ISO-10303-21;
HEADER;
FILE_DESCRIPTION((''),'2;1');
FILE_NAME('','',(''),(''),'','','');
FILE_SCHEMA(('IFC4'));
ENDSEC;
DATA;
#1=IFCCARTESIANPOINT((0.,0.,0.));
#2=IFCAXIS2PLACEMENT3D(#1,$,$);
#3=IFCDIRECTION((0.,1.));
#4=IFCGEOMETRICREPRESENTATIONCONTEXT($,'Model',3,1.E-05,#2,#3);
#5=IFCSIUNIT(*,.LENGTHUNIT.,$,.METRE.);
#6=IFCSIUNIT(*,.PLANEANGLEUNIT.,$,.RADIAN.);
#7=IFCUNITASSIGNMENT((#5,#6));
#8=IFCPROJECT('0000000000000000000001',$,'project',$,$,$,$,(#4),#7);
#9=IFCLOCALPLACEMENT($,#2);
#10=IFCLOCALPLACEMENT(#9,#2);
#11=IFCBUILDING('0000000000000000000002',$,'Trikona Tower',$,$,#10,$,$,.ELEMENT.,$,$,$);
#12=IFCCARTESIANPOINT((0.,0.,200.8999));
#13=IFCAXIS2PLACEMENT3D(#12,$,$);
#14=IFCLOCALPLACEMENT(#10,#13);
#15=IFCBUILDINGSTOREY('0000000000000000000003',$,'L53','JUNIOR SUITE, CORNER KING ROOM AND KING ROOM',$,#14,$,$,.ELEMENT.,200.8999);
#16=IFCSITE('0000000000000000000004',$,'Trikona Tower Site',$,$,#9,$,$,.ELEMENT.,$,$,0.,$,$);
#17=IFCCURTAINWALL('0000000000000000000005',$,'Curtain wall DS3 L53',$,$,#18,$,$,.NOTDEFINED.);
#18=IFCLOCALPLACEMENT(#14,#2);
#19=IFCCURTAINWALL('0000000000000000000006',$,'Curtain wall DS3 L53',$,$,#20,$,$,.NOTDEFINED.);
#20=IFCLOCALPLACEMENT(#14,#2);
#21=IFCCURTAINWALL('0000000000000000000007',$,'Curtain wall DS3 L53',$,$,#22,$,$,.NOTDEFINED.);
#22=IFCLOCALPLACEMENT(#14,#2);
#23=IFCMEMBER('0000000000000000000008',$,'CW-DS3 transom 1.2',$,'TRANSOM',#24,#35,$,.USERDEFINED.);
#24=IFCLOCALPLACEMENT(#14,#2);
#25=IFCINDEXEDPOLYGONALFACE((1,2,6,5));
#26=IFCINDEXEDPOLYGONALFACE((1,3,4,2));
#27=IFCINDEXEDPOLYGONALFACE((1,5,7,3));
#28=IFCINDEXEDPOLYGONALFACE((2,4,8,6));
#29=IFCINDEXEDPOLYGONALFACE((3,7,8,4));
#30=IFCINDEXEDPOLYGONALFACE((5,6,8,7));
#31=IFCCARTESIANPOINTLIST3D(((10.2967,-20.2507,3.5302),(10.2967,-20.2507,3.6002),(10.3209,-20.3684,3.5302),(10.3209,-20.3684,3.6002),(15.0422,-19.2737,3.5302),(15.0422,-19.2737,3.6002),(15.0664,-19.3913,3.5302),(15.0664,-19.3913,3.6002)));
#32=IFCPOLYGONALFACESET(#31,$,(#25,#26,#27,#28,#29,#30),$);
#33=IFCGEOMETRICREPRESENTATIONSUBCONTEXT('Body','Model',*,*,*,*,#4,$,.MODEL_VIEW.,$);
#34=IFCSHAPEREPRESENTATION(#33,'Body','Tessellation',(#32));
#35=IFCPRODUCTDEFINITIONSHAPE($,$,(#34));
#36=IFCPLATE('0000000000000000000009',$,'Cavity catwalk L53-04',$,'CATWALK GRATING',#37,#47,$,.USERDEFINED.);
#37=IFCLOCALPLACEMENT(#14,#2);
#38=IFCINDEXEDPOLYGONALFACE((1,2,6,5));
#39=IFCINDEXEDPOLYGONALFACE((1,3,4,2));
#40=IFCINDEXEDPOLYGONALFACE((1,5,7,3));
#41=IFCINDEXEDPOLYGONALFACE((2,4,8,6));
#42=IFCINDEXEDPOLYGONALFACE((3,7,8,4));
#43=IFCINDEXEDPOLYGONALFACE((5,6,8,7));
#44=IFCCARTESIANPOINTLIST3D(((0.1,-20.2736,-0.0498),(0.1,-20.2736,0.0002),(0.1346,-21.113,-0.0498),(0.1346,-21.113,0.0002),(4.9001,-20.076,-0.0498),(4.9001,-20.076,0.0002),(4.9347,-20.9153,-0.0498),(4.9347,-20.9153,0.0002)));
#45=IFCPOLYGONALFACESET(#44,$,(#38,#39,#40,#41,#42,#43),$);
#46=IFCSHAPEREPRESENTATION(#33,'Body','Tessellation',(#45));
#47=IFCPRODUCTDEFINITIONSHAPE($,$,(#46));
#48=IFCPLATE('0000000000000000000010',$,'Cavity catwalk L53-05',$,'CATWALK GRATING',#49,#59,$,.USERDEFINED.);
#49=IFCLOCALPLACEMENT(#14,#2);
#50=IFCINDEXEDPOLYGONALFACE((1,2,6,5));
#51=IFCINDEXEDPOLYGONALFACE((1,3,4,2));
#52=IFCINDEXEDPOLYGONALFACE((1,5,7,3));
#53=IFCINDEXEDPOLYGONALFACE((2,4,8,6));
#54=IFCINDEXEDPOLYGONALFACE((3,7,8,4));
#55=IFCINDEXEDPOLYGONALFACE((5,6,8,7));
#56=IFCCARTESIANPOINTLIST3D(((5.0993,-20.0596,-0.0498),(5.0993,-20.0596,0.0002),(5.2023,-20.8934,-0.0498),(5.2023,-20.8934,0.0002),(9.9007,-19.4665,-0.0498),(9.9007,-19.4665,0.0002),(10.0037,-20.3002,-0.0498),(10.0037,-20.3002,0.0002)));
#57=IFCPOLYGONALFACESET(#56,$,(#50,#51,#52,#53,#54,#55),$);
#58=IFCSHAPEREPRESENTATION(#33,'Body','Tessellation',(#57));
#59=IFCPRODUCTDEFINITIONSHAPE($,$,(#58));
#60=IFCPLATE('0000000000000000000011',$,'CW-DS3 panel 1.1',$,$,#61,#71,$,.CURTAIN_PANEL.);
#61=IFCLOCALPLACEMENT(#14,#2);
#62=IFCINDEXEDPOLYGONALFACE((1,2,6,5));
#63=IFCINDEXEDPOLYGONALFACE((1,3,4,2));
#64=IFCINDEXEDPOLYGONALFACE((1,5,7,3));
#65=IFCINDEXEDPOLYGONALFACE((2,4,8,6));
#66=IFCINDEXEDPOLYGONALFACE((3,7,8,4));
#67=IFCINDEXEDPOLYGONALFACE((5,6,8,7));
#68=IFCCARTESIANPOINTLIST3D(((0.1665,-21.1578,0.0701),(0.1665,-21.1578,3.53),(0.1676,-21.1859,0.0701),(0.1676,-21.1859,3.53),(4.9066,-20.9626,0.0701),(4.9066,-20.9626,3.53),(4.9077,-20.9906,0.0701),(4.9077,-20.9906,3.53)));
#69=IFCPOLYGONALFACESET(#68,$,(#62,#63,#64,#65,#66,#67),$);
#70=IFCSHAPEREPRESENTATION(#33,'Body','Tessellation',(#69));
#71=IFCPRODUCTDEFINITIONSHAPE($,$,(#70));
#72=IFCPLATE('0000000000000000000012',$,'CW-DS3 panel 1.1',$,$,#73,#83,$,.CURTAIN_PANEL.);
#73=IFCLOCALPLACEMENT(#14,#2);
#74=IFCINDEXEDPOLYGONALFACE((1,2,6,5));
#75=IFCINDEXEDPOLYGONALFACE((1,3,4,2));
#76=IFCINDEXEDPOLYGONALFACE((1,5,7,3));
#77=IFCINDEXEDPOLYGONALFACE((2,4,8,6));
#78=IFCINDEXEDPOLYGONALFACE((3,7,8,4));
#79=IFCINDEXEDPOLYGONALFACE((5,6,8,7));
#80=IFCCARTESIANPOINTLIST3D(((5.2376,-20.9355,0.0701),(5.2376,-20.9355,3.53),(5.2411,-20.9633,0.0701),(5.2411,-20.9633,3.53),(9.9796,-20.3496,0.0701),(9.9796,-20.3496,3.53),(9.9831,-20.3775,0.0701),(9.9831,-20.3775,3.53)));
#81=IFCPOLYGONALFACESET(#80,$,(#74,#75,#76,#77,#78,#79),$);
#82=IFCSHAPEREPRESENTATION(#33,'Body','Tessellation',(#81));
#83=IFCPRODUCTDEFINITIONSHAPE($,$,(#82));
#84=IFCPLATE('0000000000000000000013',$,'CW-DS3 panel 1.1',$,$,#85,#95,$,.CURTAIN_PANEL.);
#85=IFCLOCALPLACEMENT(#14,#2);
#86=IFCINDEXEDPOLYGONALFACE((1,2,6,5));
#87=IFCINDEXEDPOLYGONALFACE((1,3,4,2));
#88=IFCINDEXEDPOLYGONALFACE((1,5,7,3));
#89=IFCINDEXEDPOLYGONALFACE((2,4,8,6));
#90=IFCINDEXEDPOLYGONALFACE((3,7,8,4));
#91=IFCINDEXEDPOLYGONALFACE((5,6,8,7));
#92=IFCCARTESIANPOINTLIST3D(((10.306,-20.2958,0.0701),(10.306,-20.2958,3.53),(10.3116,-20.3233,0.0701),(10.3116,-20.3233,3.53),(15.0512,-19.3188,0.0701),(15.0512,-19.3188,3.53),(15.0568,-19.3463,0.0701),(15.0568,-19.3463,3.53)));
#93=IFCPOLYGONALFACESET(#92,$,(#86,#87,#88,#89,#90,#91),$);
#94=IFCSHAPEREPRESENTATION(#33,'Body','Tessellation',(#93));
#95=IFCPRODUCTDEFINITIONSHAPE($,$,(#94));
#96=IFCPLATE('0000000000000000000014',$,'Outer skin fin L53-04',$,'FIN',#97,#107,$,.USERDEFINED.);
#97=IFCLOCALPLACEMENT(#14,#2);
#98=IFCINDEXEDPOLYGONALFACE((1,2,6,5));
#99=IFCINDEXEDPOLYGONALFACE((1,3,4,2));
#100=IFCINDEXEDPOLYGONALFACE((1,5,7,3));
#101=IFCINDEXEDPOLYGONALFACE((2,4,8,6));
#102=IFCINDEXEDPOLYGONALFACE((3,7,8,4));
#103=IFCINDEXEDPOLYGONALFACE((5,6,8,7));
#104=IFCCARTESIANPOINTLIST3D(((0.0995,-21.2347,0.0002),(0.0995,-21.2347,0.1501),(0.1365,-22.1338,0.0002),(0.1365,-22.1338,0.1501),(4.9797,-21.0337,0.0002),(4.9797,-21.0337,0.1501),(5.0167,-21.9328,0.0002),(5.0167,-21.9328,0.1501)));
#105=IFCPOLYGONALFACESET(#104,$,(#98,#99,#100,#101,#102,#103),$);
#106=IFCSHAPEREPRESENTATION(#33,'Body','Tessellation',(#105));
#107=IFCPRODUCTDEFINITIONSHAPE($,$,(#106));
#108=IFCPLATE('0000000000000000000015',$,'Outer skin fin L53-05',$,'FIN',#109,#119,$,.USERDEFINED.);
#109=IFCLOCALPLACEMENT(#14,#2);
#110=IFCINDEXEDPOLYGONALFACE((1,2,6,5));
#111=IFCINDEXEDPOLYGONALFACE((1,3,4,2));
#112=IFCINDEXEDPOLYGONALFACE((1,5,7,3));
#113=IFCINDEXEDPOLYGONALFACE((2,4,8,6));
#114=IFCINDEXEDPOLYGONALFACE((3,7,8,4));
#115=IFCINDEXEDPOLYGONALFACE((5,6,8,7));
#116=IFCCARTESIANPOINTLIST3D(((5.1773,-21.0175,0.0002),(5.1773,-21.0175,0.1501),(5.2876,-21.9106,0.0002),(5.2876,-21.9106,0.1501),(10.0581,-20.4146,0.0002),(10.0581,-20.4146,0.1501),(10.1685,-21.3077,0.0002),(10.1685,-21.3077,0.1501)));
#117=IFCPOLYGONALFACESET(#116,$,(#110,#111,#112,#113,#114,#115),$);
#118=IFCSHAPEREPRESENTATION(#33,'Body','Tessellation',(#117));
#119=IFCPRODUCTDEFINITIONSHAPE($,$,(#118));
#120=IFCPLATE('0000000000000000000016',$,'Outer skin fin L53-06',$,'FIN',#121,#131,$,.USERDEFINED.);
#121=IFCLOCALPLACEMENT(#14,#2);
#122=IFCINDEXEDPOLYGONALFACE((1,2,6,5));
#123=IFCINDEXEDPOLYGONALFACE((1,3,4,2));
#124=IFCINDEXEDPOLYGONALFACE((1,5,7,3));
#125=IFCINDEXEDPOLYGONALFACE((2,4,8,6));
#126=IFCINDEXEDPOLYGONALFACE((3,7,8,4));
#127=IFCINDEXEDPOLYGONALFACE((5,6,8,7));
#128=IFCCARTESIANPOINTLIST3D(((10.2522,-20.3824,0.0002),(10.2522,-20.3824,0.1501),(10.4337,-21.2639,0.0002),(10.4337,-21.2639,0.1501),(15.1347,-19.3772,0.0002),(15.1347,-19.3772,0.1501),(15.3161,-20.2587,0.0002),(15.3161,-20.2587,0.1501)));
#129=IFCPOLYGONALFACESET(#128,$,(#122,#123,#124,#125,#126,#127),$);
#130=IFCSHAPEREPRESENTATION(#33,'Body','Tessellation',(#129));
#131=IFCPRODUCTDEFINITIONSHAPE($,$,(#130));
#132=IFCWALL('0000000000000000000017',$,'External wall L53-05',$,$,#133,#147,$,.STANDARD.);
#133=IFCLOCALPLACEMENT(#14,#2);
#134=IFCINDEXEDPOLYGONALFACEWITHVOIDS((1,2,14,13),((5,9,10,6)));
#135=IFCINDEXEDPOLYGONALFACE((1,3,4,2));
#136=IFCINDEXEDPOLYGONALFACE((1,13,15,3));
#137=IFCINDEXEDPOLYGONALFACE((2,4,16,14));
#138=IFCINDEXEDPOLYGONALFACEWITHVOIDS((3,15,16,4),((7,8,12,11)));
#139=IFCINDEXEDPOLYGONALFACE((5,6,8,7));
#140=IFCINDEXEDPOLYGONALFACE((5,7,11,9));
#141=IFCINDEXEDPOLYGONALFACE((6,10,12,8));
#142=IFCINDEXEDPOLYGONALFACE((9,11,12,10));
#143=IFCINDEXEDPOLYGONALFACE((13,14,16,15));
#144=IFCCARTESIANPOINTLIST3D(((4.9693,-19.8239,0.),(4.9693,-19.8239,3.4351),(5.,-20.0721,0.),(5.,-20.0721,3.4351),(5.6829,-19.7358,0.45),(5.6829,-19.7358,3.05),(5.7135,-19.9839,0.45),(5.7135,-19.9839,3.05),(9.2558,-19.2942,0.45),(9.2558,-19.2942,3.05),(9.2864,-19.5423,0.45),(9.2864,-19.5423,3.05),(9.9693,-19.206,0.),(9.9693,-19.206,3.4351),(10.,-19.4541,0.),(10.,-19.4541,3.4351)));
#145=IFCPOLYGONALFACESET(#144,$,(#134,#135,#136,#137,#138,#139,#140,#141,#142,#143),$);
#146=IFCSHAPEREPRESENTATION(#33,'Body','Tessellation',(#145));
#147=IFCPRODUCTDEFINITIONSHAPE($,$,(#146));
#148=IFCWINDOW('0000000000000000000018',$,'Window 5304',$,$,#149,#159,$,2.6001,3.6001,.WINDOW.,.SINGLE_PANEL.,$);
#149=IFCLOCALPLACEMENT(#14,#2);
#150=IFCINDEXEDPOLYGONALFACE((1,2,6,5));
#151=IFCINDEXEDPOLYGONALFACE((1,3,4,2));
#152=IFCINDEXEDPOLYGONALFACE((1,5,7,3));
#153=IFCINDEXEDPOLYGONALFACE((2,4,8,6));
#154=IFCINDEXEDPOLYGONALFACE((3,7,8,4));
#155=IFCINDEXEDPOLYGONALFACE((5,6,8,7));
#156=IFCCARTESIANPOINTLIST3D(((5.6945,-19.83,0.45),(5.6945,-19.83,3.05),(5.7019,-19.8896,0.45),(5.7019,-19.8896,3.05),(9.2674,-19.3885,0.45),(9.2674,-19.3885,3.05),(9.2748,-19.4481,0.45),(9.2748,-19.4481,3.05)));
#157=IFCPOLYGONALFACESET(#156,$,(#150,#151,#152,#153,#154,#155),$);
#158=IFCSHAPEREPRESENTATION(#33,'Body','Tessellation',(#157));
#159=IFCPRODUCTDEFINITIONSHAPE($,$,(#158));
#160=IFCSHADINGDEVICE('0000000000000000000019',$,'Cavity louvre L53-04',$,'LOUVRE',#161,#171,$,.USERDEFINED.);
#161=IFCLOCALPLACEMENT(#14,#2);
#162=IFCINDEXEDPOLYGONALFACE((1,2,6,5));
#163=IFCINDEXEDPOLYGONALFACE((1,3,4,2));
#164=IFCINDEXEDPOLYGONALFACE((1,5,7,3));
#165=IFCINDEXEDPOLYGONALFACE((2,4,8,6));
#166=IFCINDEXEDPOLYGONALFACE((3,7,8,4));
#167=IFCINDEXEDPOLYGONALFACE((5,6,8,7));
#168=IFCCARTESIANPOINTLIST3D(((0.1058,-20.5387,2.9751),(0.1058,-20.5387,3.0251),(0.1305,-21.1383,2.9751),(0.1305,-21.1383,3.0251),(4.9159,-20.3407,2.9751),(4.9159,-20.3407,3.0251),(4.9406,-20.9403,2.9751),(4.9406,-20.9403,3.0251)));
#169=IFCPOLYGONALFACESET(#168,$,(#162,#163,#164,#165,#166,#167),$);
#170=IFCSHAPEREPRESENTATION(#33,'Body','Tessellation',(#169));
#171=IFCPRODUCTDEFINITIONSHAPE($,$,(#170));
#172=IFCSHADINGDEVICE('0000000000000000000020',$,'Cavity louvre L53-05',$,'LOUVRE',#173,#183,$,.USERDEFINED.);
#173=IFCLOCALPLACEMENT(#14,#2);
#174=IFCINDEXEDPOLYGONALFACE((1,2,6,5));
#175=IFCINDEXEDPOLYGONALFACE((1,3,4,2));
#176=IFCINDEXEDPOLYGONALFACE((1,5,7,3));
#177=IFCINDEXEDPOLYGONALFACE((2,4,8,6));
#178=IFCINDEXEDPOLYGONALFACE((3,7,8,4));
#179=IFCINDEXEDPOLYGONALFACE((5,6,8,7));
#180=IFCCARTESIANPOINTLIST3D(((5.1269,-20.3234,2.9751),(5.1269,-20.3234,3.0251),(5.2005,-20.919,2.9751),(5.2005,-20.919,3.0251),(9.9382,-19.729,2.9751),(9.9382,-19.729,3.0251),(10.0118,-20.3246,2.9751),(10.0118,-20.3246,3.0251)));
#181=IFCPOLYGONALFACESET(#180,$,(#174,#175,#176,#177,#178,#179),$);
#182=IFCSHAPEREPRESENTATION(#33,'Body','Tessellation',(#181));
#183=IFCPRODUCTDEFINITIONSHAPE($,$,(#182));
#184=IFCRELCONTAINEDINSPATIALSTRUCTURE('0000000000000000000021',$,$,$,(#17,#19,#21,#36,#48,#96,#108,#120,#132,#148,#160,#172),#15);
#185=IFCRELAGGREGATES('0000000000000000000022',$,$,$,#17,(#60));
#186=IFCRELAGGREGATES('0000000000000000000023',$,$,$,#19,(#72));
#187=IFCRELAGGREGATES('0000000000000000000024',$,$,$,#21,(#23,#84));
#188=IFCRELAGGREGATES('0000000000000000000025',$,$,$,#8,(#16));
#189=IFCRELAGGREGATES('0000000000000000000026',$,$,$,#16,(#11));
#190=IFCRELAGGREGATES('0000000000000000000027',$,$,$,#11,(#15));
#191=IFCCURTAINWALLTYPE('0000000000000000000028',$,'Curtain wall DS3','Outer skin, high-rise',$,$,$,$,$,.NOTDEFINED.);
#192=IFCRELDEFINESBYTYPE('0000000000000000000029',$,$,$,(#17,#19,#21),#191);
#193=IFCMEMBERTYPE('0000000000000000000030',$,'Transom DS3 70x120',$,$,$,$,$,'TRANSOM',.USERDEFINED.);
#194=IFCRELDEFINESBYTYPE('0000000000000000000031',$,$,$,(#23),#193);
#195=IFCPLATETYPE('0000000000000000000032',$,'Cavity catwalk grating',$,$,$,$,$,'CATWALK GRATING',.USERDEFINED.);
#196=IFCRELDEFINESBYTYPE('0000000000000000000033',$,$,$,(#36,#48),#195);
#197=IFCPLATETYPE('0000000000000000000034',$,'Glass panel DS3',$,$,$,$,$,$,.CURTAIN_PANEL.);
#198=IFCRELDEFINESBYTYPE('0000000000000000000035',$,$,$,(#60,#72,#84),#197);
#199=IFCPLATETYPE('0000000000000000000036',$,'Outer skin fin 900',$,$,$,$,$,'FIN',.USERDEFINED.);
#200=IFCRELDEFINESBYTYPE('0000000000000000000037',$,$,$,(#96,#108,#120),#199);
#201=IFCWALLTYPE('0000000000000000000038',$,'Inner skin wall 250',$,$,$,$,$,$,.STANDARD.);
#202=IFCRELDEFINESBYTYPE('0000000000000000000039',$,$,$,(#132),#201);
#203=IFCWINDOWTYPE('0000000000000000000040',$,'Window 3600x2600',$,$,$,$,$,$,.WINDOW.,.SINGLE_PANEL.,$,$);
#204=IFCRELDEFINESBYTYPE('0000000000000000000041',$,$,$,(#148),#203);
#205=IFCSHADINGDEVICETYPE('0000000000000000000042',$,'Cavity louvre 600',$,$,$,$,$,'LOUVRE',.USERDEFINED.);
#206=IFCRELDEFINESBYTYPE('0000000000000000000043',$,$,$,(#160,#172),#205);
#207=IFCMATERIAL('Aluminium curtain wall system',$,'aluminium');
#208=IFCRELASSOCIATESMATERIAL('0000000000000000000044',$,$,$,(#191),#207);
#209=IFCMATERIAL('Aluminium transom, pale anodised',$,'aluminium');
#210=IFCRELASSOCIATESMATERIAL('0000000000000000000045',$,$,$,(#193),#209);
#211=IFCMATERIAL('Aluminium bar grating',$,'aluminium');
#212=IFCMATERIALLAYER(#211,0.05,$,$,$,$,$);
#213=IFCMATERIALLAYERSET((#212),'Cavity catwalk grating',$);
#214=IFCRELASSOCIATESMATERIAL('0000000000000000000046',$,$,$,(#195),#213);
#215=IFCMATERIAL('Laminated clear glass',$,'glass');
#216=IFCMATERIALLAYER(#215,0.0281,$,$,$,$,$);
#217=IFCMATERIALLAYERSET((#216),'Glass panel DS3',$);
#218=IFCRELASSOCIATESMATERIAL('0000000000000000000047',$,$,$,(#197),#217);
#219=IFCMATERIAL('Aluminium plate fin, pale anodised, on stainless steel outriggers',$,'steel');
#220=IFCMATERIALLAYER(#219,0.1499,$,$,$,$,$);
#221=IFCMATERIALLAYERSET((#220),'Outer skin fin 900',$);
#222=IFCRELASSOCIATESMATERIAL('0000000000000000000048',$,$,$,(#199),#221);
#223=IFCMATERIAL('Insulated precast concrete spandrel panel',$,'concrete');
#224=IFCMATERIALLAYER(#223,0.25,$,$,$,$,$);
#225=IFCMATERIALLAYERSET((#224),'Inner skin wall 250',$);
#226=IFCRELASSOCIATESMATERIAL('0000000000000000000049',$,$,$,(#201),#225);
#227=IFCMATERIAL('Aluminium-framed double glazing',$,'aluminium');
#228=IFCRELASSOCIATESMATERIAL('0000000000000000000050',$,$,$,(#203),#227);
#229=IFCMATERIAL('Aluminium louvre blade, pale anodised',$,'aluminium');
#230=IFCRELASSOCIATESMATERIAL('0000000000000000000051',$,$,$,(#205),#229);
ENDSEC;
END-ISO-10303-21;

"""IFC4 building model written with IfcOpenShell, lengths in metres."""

from ifc_helpers import new_model, si_unit, direction, frame, frame_2d, origin, origin_2d, place, context, subcontext, project, spatial, rectangle, extrude, material, layer, layer_set, material_profile, profile_set, type_object, element, fill, aggregate, save


model = new_model("IFC4")

# Units and contexts
model_context = context("Model", 3, precision=1e-05, world=origin(), true_north=direction((0.0, 1.0)))
body_context = subcontext(model_context, "Body", "Model", "MODEL_VIEW")
ifc_project = project(units=[si_unit("LENGTHUNIT", "METRE"), si_unit("PLANEANGLEUNIT", "RADIAN")], contexts=[model_context])

# Site, building, storey
site_placement = place(None, origin())
site = spatial("IfcSite", under=ifc_project, at=site_placement, Name="Trikona Tower Site", CompositionType="ELEMENT", RefElevation=0.0)
building_placement = place(site_placement, origin())
building = spatial("IfcBuilding", under=site, at=building_placement, Name="Trikona Tower", CompositionType="ELEMENT")
storey_placement = place(building_placement, frame((0.0, 0.0, 200.8999)))
storey = spatial("IfcBuildingStorey", under=building, at=storey_placement, Name="L53", Description="JUNIOR SUITE, CORNER KING ROOM AND KING ROOM", CompositionType="ELEMENT", Elevation=200.8999)

# Curtain walls
ifc_material_1 = material(Name="Aluminium curtain wall system", Category="aluminium")
curtain_wall_type = type_object("IfcCurtainWallType", Name="Curtain wall DS3", Description="Outer skin, high-rise", PredefinedType="NOTDEFINED", material=ifc_material_1)
curtain_wall_1_placement = place(storey_placement, origin())
curtain_wall_1 = element("IfcCurtainWall", 1, at=curtain_wall_1_placement, inside=storey, type_object=curtain_wall_type, Name="Curtain wall DS3 L53", PredefinedType="NOTDEFINED")
curtain_wall_2_placement = place(storey_placement, origin())
curtain_wall_2 = element("IfcCurtainWall", 2, at=curtain_wall_2_placement, inside=storey, type_object=curtain_wall_type, Name="Curtain wall DS3 L53", PredefinedType="NOTDEFINED")

# Curtain wall
curtain_wall_3_placement = place(storey_placement, origin())
curtain_wall_3 = element("IfcCurtainWall", 3, at=curtain_wall_3_placement, inside=storey, type_object=curtain_wall_type, Name="Curtain wall DS3 L53", PredefinedType="NOTDEFINED")

# Member
ifc_material_2 = material(Name="Aluminium transom, pale anodised", Category="aluminium")
ifc_material_profile_1 = material_profile(ifc_material_2, rectangle(XDim=0.1201, YDim=0.0701, at=origin_2d()), Name="TRN-DS3")
ifc_profile_set_1 = profile_set([ifc_material_profile_1], Name="Aluminium transom, pale anodised")
member_type_1 = type_object("IfcMemberType", Name="Transom DS3 70x120", ElementType="TRANSOM", PredefinedType="USERDEFINED", material=ifc_profile_set_1)
member_1_placement = place(storey_placement, frame((10.3088, -20.3096, 3.5652), z_axis=(0.979454, 0.201666, 0.0), x_axis=(-0.201666, 0.979454, 0.0)))
member_1 = element("IfcMember", 4, at=member_1_placement, type_object=member_type_1, Name="CW-DS3 transom 1.2", ObjectType="TRANSOM", PredefinedType="USERDEFINED", context=body_context, shape_type="SweptSolid", body=[
    extrude(rectangle(XDim=0.1201, YDim=0.0701, at=origin_2d()), origin(), (0.0, 0.0, 1.0), 4.845),
])

# Plates
ifc_material_3 = material(Name="Aluminium bar grating", Category="aluminium")
ifc_layer_1 = layer(ifc_material_3, 0.05)
ifc_layer_set_1 = layer_set([ifc_layer_1], Name="Cavity catwalk grating")
plate_type_1 = type_object("IfcPlateType", Name="Cavity catwalk grating", ElementType="CATWALK GRATING", PredefinedType="USERDEFINED", material=ifc_layer_set_1)
plate_1_placement = place(storey_placement, frame((2.5173, -20.5945, -0.0498), z_axis=(0.0, 0.0, 1.0), x_axis=(0.999153, 0.041145, 0.0)))
element("IfcPlate", 5, at=plate_1_placement, inside=storey, type_object=plate_type_1, Name="Cavity catwalk L53-04", ObjectType="CATWALK GRATING", PredefinedType="USERDEFINED", context=body_context, shape_type="SweptSolid", body=[
    extrude(rectangle(XDim=4.8042, YDim=0.8401, at=origin_2d()), origin(), (0.0, 0.0, 1.0), 0.05),
])
plate_2_placement = place(storey_placement, frame((7.5515, -20.1799, -0.0498), z_axis=(0.0, 0.0, 1.0), x_axis=(0.992455, 0.122607, 0.0)))
element("IfcPlate", 6, at=plate_2_placement, inside=storey, type_object=plate_type_1, Name="Cavity catwalk L53-05", ObjectType="CATWALK GRATING", PredefinedType="USERDEFINED", context=body_context, shape_type="SweptSolid", body=[
    extrude(rectangle(XDim=4.8379, YDim=0.8401, at=origin_2d()), origin(), (0.0, 0.0, 1.0), 0.05),
])

# Plates
ifc_material_4 = material(Name="Laminated clear glass", Category="glass")
ifc_layer_2 = layer(ifc_material_4, 0.0281)
ifc_layer_set_2 = layer_set([ifc_layer_2], Name="Glass panel DS3")
plate_type_2 = type_object("IfcPlateType", Name="Glass panel DS3", PredefinedType="CURTAIN_PANEL", material=ifc_layer_set_2)
plate_3_placement = place(storey_placement, frame((2.5371, -21.0742, 0.0701), z_axis=(0.0, 0.0, 1.0), x_axis=(0.999153, 0.041153, 0.0)))
plate_3 = element("IfcPlate", 7, at=plate_3_placement, type_object=plate_type_2, Name="CW-DS3 panel 1.1", PredefinedType="CURTAIN_PANEL", context=body_context, shape_type="SweptSolid", body=[
    extrude(rectangle(XDim=4.7441, YDim=0.0281, at=origin_2d()), origin(), (0.0, 0.0, 1.0), 3.46),
])
aggregate(curtain_wall_1, [plate_3])
plate_4_placement = place(storey_placement, frame((7.6104, -20.6565, 0.0701), z_axis=(0.0, 0.0, 1.0), x_axis=(0.992455, 0.122611, 0.0)))
plate_4 = element("IfcPlate", 8, at=plate_4_placement, type_object=plate_type_2, Name="CW-DS3 panel 1.1", PredefinedType="CURTAIN_PANEL", context=body_context, shape_type="SweptSolid", body=[
    extrude(rectangle(XDim=4.7781, YDim=0.0281, at=origin_2d()), origin(), (0.0, 0.0, 1.0), 3.46),
])
aggregate(curtain_wall_2, [plate_4])
plate_5_placement = place(storey_placement, frame((12.6814, -19.821, 0.0701), z_axis=(0.0, 0.0, 1.0), x_axis=(0.979457, 0.201653, 0.0)))
plate_5 = element("IfcPlate", 9, at=plate_5_placement, type_object=plate_type_2, Name="CW-DS3 panel 1.1", PredefinedType="CURTAIN_PANEL", context=body_context, shape_type="SweptSolid", body=[
    extrude(rectangle(XDim=4.8447, YDim=0.0281, at=origin_2d()), origin(), (0.0, 0.0, 1.0), 3.46),
])
aggregate(curtain_wall_3, [member_1, plate_5])

# Plates
ifc_material_5 = material(Name="Aluminium plate fin, pale anodised, on stainless steel outriggers", Category="steel")
ifc_layer_3 = layer(ifc_material_5, 0.1499)
ifc_layer_set_3 = layer_set([ifc_layer_3], Name="Outer skin fin 900")
plate_type_3 = type_object("IfcPlateType", Name="Outer skin fin 900", ElementType="FIN", PredefinedType="USERDEFINED", material=ifc_layer_set_3)
plate_6_placement = place(storey_placement, frame((2.5581, -21.5837, 0.0002), z_axis=(0.0, 0.0, 1.0), x_axis=(0.999153, 0.041145, 0.0)))
element("IfcPlate", 10, at=plate_6_placement, inside=storey, type_object=plate_type_3, Name="Outer skin fin L53-04", ObjectType="FIN", PredefinedType="USERDEFINED", context=body_context, shape_type="SweptSolid", body=[
    extrude(rectangle(XDim=4.8843, YDim=0.8999, at=origin_2d()), origin(), (0.0, 0.0, 1.0), 0.1499),
])
plate_7_placement = place(storey_placement, frame((7.6729, -21.1626, 0.0002), z_axis=(0.0, 0.0, 1.0), x_axis=(0.992455, 0.122607, 0.0)))
element("IfcPlate", 11, at=plate_7_placement, inside=storey, type_object=plate_type_3, Name="Outer skin fin L53-05", ObjectType="FIN", PredefinedType="USERDEFINED", context=body_context, shape_type="SweptSolid", body=[
    extrude(rectangle(XDim=4.918, YDim=0.8999, at=origin_2d()), origin(), (0.0, 0.0, 1.0), 0.1499),
])
plate_8_placement = place(storey_placement, frame((12.7842, -20.3206, 0.0002), z_axis=(0.0, 0.0, 1.0), x_axis=(0.979458, 0.201651, 0.0)))
element("IfcPlate", 12, at=plate_8_placement, inside=storey, type_object=plate_type_3, Name="Outer skin fin L53-06", ObjectType="FIN", PredefinedType="USERDEFINED", context=body_context, shape_type="SweptSolid", body=[
    extrude(rectangle(XDim=4.9849, YDim=0.8999, at=origin_2d()), origin(), (0.0, 0.0, 1.0), 0.1499),
])

# Wall, opening, window
ifc_material_6 = material(Name="Insulated precast concrete spandrel panel", Category="concrete")
ifc_layer_4 = layer(ifc_material_6, 0.25)
ifc_layer_set_4 = layer_set([ifc_layer_4], Name="Inner skin wall 250")
wall_type = type_object("IfcWallType", Name="Inner skin wall 250", PredefinedType="STANDARD", material=ifc_layer_set_4)
wall_placement = place(storey_placement, frame((4.9846, -19.948, 0.0), z_axis=(0.0, 0.0, 1.0), x_axis=(0.99245, 0.122651, 0.0)))
wall = element("IfcWall", 13, at=wall_placement, inside=storey, type_object=wall_type, Name="External wall L53-05", PredefinedType="STANDARD", context=body_context, shape_type="SweptSolid", body=[
    extrude(rectangle(XDim=5.0381, YDim=0.25, at=frame_2d((2.519, 0.0))), origin(), (0.0, 0.0, 1.0), 3.4351),
])
opening_placement = place(wall_placement, frame((0.719, 0.0, 0.45)))
opening = element("IfcOpeningElement", 14, at=opening_placement, cuts=wall, PredefinedType="OPENING", context=body_context, shape_type="SweptSolid", body=[
    extrude(rectangle(XDim=3.6001, YDim=2.6001, at=frame_2d((1.8, 1.3))), frame((0.0, 0.135, 0.0), z_axis=(0.0, -1.0, 0.0), x_axis=(1.0, 0.0, 0.0)), (0.0, 0.0, 1.0), 0.27),
])
ifc_material_7 = material(Name="Aluminium-framed double glazing", Category="aluminium")
window_type = type_object("IfcWindowType", Name="Window 3600x2600", PartitioningType="SINGLE_PANEL", PredefinedType="WINDOW", material=ifc_material_7)
window_placement = place(opening_placement, origin())
window = element("IfcWindow", 15, at=window_placement, inside=storey, type_object=window_type, Name="Window 5304", OverallHeight=2.6001, OverallWidth=3.6001, PartitioningType="SINGLE_PANEL", PredefinedType="WINDOW", context=body_context, shape_type="SweptSolid", body=[
    extrude(rectangle(XDim=3.6001, YDim=2.6001, at=frame_2d((1.8, 1.3))), frame((0.0, 0.03, 0.0), z_axis=(0.0, -1.0, 0.0), x_axis=(1.0, 0.0, 0.0)), (0.0, 0.0, 1.0), 0.0601),
])
fill(opening, window)

# Shading devices
ifc_material_8 = material(Name="Aluminium louvre blade, pale anodised", Category="aluminium")
shading_device_type = type_object("IfcShadingDeviceType", Name="Cavity louvre 600", ElementType="LOUVRE", PredefinedType="USERDEFINED", material=ifc_material_8)
shading_device_1_placement = place(storey_placement, frame((2.5232, -20.7395, 2.9751), z_axis=(0.0, 0.0, 1.0), x_axis=(0.999153, 0.041145, 0.0)))
element("IfcShadingDevice", 16, at=shading_device_1_placement, inside=storey, type_object=shading_device_type, Name="Cavity louvre L53-04", ObjectType="LOUVRE", PredefinedType="USERDEFINED", context=body_context, shape_type="SweptSolid", body=[
    extrude(rectangle(XDim=4.8142, YDim=0.6001, at=origin_2d()), origin(), (0.0, 0.0, 1.0), 0.05),
])
shading_device_2_placement = place(storey_placement, frame((7.5693, -20.324, 2.9751), z_axis=(0.0, 0.0, 1.0), x_axis=(0.992455, 0.122607, 0.0)))
element("IfcShadingDevice", 17, at=shading_device_2_placement, inside=storey, type_object=shading_device_type, Name="Cavity louvre L53-05", ObjectType="LOUVRE", PredefinedType="USERDEFINED", context=body_context, shape_type="SweptSolid", body=[
    extrude(rectangle(XDim=4.8479, YDim=0.6001, at=origin_2d()), origin(), (0.0, 0.0, 1.0), 0.05),
])

save(model, "model.ifc")
